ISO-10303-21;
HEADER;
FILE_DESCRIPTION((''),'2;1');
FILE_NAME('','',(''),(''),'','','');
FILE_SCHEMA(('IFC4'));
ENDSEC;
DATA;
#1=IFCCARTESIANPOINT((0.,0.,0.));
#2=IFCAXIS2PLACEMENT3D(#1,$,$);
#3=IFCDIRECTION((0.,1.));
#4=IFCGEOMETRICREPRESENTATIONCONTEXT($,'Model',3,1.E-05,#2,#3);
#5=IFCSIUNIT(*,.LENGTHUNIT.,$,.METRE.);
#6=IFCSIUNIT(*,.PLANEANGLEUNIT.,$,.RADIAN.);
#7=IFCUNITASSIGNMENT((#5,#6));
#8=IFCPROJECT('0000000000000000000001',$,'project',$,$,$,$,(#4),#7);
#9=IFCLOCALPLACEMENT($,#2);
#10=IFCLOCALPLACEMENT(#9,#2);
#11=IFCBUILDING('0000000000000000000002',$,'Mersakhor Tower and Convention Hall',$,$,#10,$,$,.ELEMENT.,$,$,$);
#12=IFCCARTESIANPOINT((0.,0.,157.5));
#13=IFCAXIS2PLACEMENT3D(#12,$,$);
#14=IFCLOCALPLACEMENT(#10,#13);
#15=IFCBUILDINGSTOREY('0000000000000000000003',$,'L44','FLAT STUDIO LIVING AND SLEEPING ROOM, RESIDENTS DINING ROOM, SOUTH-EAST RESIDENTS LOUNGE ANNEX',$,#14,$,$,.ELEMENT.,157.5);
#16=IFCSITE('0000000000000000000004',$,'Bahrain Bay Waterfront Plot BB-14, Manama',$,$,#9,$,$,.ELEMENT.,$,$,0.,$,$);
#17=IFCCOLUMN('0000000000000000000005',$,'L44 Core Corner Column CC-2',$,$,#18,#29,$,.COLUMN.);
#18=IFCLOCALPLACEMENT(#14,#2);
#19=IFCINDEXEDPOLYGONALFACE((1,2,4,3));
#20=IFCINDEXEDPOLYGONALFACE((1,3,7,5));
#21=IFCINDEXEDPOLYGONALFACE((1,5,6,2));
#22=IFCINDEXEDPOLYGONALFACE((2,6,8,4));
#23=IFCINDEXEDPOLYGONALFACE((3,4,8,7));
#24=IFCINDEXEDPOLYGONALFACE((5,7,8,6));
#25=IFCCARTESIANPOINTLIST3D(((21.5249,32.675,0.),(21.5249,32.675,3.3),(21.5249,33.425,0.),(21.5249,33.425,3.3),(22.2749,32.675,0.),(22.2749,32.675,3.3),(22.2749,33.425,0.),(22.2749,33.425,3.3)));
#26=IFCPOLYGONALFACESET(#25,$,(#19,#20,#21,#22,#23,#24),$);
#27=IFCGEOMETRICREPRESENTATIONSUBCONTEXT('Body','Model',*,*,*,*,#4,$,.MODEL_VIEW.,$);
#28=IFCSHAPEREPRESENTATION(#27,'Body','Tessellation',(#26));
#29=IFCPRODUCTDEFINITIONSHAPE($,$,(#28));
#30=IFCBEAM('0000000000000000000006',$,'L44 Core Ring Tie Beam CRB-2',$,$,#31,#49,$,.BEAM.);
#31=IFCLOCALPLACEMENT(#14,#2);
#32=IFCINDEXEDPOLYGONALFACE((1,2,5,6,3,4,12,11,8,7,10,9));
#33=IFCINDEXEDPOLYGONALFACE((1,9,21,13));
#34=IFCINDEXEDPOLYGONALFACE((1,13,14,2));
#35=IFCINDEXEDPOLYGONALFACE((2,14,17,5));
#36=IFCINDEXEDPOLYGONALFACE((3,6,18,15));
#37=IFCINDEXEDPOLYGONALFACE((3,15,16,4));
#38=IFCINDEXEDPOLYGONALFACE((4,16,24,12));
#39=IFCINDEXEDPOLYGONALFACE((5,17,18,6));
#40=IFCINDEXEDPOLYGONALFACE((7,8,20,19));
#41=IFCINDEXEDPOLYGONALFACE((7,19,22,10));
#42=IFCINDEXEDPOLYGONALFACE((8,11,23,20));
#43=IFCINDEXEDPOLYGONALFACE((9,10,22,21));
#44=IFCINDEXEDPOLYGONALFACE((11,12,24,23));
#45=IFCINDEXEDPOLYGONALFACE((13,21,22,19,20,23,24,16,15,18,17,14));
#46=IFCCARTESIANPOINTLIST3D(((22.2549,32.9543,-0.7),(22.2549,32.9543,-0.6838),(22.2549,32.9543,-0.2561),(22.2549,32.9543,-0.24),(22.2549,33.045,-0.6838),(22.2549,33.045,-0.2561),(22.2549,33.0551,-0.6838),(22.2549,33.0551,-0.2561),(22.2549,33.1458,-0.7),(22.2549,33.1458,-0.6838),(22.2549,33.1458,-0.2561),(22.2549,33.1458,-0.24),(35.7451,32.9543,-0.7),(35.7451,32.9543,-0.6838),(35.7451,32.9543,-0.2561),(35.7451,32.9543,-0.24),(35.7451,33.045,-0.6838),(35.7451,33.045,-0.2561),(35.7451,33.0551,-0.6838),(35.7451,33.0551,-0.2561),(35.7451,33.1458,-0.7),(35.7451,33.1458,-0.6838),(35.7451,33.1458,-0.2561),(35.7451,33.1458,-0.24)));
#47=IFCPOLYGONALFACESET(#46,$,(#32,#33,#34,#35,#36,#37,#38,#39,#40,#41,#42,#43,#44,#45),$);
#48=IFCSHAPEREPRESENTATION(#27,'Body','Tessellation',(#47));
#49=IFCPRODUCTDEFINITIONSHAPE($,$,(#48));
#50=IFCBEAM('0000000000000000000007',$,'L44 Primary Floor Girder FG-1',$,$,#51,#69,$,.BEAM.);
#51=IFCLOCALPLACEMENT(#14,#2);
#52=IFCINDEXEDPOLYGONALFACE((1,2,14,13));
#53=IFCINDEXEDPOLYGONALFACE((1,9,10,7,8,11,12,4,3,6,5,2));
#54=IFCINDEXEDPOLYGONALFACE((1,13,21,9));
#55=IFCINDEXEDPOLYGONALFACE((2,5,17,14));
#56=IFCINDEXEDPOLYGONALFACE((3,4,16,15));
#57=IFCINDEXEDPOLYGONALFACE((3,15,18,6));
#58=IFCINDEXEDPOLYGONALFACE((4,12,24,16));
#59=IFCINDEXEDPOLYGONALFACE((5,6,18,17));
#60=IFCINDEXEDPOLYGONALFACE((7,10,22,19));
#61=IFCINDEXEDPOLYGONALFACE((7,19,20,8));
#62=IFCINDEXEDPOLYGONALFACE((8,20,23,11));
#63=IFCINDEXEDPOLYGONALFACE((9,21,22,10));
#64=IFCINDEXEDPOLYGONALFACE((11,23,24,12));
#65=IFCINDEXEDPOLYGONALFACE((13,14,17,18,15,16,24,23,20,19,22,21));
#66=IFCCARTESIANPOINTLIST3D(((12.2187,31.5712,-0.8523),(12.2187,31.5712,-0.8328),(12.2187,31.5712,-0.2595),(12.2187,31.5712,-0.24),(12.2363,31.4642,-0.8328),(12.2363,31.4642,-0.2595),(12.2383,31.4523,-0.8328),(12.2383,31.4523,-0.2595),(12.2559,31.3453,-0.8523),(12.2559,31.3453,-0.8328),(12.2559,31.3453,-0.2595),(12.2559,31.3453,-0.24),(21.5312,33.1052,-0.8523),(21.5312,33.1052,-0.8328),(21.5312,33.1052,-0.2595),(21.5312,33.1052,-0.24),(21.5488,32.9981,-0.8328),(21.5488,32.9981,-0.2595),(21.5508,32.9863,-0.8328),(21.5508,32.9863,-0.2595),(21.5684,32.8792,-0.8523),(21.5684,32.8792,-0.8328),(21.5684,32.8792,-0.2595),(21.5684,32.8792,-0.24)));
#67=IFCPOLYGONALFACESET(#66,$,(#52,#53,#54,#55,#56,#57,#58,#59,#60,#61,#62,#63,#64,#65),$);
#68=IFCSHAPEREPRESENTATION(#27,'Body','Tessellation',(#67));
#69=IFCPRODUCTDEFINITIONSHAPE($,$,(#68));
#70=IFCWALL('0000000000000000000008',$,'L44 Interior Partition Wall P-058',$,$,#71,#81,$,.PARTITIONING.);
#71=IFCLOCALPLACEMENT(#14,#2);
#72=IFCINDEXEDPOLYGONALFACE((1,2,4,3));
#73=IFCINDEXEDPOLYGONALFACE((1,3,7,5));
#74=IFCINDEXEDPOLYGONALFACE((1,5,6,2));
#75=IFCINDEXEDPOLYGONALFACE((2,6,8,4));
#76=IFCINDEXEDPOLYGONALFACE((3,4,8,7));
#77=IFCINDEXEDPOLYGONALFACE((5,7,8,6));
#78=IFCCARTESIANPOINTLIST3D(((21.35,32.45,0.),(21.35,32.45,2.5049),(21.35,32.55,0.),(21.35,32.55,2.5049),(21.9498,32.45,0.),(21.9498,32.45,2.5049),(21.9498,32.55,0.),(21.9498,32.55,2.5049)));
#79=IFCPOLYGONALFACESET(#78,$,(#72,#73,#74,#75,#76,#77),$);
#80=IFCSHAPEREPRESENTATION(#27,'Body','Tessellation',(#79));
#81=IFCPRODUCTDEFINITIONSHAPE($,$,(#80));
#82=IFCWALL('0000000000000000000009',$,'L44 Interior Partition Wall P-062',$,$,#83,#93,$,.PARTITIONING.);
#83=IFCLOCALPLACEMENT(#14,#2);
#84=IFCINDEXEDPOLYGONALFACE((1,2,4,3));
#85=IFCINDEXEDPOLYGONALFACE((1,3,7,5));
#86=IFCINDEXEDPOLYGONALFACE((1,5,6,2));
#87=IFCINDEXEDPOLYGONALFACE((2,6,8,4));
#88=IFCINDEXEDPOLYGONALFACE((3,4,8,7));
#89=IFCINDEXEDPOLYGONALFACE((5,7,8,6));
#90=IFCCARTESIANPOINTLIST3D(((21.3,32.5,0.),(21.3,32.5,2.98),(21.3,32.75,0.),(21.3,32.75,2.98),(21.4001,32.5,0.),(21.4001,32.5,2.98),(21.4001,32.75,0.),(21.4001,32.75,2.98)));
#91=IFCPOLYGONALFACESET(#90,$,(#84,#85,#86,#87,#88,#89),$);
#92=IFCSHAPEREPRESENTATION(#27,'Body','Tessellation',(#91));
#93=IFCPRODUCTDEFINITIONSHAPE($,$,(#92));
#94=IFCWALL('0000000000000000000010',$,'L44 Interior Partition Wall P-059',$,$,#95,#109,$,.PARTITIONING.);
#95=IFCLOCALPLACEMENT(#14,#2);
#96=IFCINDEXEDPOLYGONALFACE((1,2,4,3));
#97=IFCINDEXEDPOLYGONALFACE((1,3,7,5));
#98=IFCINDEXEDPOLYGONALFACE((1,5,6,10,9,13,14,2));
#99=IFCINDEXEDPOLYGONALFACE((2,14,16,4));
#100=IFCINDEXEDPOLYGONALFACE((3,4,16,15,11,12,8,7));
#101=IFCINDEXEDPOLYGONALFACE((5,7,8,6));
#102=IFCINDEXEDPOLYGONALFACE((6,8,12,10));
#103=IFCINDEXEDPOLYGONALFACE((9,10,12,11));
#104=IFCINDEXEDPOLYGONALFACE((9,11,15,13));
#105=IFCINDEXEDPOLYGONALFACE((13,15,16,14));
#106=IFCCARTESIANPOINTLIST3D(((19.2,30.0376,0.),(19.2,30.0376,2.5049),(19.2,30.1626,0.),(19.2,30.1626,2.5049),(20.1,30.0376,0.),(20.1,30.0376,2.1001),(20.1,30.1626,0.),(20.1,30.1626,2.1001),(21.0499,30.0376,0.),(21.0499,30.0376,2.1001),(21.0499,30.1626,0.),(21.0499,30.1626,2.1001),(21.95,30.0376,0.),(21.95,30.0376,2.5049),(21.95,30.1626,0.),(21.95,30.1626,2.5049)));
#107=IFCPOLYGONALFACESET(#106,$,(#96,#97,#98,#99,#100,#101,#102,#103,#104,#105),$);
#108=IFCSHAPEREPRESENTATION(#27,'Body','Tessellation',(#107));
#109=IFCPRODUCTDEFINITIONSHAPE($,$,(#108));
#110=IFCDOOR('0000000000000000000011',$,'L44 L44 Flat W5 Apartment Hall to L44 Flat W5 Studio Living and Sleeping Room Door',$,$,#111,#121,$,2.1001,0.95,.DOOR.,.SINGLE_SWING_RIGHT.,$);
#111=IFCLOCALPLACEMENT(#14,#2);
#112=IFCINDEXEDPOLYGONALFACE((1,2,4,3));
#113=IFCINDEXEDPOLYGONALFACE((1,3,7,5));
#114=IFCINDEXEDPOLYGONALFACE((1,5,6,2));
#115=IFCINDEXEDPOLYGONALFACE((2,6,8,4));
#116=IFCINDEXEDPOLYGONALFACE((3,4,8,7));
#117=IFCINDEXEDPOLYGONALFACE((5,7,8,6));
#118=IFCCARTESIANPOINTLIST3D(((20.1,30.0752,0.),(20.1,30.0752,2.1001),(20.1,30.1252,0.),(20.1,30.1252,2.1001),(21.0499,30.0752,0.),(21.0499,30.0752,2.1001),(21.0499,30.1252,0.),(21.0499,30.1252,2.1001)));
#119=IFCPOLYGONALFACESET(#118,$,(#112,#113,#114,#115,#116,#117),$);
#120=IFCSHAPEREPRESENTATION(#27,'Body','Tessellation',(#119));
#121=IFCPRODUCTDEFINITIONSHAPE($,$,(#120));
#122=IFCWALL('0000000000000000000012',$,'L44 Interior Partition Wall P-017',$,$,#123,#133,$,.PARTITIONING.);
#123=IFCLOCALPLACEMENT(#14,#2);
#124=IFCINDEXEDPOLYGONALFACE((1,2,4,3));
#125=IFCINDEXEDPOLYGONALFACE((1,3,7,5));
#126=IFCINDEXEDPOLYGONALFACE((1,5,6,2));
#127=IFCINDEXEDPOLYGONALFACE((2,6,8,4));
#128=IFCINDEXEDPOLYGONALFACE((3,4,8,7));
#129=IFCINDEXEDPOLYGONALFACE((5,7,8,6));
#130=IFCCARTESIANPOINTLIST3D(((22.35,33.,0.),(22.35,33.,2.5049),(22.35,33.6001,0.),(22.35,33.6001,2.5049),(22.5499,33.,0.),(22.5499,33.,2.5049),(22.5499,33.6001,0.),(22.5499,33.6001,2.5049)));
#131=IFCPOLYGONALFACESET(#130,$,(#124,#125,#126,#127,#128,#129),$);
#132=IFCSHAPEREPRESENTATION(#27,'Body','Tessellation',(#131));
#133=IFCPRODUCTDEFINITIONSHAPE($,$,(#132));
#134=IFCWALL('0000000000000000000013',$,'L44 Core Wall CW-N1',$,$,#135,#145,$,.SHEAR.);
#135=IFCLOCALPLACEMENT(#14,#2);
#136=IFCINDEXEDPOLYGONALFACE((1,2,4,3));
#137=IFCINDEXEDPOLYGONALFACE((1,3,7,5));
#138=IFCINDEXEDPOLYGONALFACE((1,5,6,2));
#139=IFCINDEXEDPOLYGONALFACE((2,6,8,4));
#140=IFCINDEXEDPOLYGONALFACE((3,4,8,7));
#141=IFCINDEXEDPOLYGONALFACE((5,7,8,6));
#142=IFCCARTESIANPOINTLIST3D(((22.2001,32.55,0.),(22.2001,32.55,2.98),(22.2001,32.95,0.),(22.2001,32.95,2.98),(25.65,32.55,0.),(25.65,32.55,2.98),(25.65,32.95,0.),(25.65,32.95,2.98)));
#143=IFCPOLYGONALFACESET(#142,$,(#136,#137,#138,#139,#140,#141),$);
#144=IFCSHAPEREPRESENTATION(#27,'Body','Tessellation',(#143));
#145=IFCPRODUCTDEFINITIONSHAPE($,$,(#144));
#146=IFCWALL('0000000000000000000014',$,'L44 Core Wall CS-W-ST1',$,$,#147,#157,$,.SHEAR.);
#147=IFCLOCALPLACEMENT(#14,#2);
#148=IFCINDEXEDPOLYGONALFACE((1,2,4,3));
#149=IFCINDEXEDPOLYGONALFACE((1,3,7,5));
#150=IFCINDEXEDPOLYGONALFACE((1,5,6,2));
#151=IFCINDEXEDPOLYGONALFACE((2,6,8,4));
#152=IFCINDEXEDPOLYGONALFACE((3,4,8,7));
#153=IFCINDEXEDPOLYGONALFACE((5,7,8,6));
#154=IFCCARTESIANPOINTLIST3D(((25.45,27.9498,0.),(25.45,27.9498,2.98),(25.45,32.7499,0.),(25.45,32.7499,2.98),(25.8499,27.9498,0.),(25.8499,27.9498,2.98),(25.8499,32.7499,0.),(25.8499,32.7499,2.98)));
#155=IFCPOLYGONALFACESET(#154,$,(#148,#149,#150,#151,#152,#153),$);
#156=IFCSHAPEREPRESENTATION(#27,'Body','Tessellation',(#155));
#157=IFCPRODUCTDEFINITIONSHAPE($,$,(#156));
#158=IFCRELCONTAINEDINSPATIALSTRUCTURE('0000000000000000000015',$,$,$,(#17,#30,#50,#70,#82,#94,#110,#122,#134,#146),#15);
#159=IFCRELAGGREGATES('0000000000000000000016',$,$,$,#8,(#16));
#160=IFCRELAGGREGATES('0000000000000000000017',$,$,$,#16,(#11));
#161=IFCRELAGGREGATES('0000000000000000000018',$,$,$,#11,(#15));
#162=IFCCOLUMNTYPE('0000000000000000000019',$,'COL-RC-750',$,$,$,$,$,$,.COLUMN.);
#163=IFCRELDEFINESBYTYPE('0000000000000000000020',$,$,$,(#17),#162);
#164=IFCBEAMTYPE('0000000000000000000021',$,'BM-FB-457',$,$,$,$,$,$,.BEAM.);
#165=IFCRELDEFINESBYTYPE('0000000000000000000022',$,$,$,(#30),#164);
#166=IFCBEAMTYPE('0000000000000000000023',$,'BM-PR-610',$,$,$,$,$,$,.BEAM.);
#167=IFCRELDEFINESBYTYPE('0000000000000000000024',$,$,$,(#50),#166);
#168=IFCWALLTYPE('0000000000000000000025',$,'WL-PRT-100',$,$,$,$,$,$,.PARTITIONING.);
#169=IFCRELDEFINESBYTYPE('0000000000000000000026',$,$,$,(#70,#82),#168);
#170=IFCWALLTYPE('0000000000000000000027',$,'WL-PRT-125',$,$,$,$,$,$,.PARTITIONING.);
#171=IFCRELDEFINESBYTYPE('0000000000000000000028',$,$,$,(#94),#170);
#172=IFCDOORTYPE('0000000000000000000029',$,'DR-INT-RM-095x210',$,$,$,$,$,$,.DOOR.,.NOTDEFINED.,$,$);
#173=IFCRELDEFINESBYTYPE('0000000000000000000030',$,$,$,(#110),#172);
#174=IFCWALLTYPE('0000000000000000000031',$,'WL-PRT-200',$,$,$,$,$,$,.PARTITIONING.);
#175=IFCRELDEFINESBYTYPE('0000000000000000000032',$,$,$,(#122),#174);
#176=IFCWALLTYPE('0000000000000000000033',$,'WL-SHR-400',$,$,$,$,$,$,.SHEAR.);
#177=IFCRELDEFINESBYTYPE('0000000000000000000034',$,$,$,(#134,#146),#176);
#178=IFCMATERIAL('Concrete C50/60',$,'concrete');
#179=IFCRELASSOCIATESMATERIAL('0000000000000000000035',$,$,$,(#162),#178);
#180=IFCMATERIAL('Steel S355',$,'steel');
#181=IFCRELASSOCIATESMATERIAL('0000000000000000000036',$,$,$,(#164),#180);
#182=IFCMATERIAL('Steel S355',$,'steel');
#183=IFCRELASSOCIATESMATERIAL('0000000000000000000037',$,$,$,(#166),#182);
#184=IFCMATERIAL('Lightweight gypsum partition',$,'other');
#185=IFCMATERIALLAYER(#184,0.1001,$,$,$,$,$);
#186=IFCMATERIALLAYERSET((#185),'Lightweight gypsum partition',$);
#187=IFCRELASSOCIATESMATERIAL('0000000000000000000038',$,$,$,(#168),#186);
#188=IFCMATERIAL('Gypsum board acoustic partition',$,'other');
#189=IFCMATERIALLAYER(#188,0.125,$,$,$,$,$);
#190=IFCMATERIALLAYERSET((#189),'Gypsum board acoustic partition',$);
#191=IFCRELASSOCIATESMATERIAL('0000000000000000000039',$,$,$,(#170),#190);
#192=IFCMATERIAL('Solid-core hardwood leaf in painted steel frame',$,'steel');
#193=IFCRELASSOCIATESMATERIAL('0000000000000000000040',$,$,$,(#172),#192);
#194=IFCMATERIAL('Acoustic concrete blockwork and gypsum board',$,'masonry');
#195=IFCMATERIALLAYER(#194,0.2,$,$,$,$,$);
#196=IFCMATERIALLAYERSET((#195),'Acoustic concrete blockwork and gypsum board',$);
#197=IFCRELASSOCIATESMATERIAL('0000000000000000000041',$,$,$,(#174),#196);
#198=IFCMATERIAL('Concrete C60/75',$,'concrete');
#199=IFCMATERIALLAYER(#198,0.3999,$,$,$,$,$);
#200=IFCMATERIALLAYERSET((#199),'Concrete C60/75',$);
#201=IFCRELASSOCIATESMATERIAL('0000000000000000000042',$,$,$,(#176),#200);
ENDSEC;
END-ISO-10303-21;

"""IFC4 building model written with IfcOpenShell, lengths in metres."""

from ifc_helpers import new_model, si_unit, direction, frame, frame_2d, origin, origin_2d, place, context, subcontext, project, spatial, rectangle, i_section, extrude, material, layer, layer_set, material_profile, profile_set, type_object, element, fill, save


model = new_model("IFC4")

# Units and contexts
model_context = context("Model", 3, precision=1e-05, world=origin(), true_north=direction((0.0, 1.0)))
body_context = subcontext(model_context, "Body", "Model", "MODEL_VIEW")
ifc_project = project(units=[si_unit("LENGTHUNIT", "METRE"), si_unit("PLANEANGLEUNIT", "RADIAN")], contexts=[model_context])

# Site, building, storey
site_placement = place(None, origin())
site = spatial("IfcSite", under=ifc_project, at=site_placement, Name="Bahrain Bay Waterfront Plot BB-14, Manama", CompositionType="ELEMENT", RefElevation=0.0)
building_placement = place(site_placement, origin())
building = spatial("IfcBuilding", under=site, at=building_placement, Name="Mersakhor Tower and Convention Hall", CompositionType="ELEMENT")
storey_placement = place(building_placement, frame((0.0, 0.0, 157.5)))
storey = spatial("IfcBuildingStorey", under=building, at=storey_placement, Name="L44", Description="FLAT STUDIO LIVING AND SLEEPING ROOM, RESIDENTS DINING ROOM, SOUTH-EAST RESIDENTS LOUNGE ANNEX", CompositionType="ELEMENT", Elevation=157.5)

# Column
ifc_material_1 = material(Name="Concrete C50/60", Category="concrete")
ifc_material_profile_1 = material_profile(ifc_material_1, rectangle(XDim=0.75, YDim=0.75, at=origin_2d()), Name="RC 750x750")
ifc_profile_set_1 = profile_set([ifc_material_profile_1], Name="Concrete C50/60")
column_type = type_object("IfcColumnType", Name="COL-RC-750", PredefinedType="COLUMN", material=ifc_profile_set_1)
column_placement = place(storey_placement, frame((21.8999, 33.05, 0.0), z_axis=(0.0, 0.0, 1.0), x_axis=(1.0, 0.0, 0.0)))
element("IfcColumn", 1, at=column_placement, inside=storey, type_object=column_type, Name="L44 Core Corner Column CC-2", PredefinedType="COLUMN", context=body_context, shape_type="SweptSolid", body=[
    extrude(rectangle(XDim=0.75, YDim=0.75, at=origin_2d()), origin(), (0.0, 0.0, 1.0), 3.3),
])

# Beams
ifc_material_2 = material(Name="Steel S355", Category="steel")
ifc_material_profile_2 = material_profile(ifc_material_2, i_section(OverallWidth=0.1914, OverallDepth=0.46, WebThickness=0.01, FlangeThickness=0.0161, at=origin_2d()), Name="UB 457x191x82")
ifc_profile_set_2 = profile_set([ifc_material_profile_2], Name="Steel S355")
beam_type_1 = type_object("IfcBeamType", Name="BM-FB-457", PredefinedType="BEAM", material=ifc_profile_set_2)
beam_1_placement = place(storey_placement, frame((22.2549, 33.05, -0.47), z_axis=(1.0, 0.0, 0.0), x_axis=(0.0, 1.0, 0.0)))
element("IfcBeam", 2, at=beam_1_placement, inside=storey, type_object=beam_type_1, Name="L44 Core Ring Tie Beam CRB-2", PredefinedType="BEAM", context=body_context, shape_type="SweptSolid", body=[
    extrude(i_section(OverallWidth=0.1914, OverallDepth=0.46, WebThickness=0.01, FlangeThickness=0.0161, at=origin_2d()), origin(), (0.0, 0.0, 1.0), 13.4902),
])
ifc_material_3 = material(Name="Steel S355", Category="steel")
ifc_material_profile_3 = material_profile(ifc_material_3, i_section(OverallWidth=0.229, OverallDepth=0.6123, WebThickness=0.012, FlangeThickness=0.0195, at=origin_2d()), Name="UB 610x229x125")
ifc_profile_set_3 = profile_set([ifc_material_profile_3], Name="Steel S355")
beam_type_2 = type_object("IfcBeamType", Name="BM-PR-610", PredefinedType="BEAM", material=ifc_profile_set_3)
beam_2_placement = place(storey_placement, frame((21.5498, 32.9922, -0.5461), z_axis=(-0.986704, -0.162528, 0.0), x_axis=(0.162528, -0.986704, 0.0)))
element("IfcBeam", 3, at=beam_2_placement, inside=storey, type_object=beam_type_2, Name="L44 Primary Floor Girder FG-1", PredefinedType="BEAM", context=body_context, shape_type="SweptSolid", body=[
    extrude(i_section(OverallWidth=0.229, OverallDepth=0.6123, WebThickness=0.012, FlangeThickness=0.0195, at=origin_2d()), origin(), (0.0, 0.0, 1.0), 9.438),
])

# Walls
ifc_material_4 = material(Name="Lightweight gypsum partition", Category="other")
ifc_layer_1 = layer(ifc_material_4, 0.1001)
ifc_layer_set_1 = layer_set([ifc_layer_1], Name="Lightweight gypsum partition")
wall_type_1 = type_object("IfcWallType", Name="WL-PRT-100", PredefinedType="PARTITIONING", material=ifc_layer_set_1)
wall_1_placement = place(storey_placement, frame((21.3501, 32.5, 0.0), z_axis=(0.0, 0.0, 1.0), x_axis=(1.0, 0.0, 0.0)))
element("IfcWall", 4, at=wall_1_placement, inside=storey, type_object=wall_type_1, Name="L44 Interior Partition Wall P-058", PredefinedType="PARTITIONING", context=body_context, shape_type="SweptSolid", body=[
    extrude(rectangle(XDim=0.5999, YDim=0.1001, at=frame_2d((0.2998, 0.0))), origin(), (0.0, 0.0, 1.0), 2.5049),
])
wall_2_placement = place(storey_placement, frame((21.3501, 32.75, 0.0), z_axis=(0.0, 0.0, 1.0), x_axis=(0.0, -1.0, 0.0)))
element("IfcWall", 5, at=wall_2_placement, inside=storey, type_object=wall_type_1, Name="L44 Interior Partition Wall P-062", PredefinedType="PARTITIONING", context=body_context, shape_type="SweptSolid", body=[
    extrude(rectangle(XDim=0.25, YDim=0.1001, at=frame_2d((0.125, 0.0))), origin(), (0.0, 0.0, 1.0), 2.98),
])

# Wall, opening, door
ifc_material_5 = material(Name="Gypsum board acoustic partition", Category="other")
ifc_layer_2 = layer(ifc_material_5, 0.125)
ifc_layer_set_2 = layer_set([ifc_layer_2], Name="Gypsum board acoustic partition")
wall_type_2 = type_object("IfcWallType", Name="WL-PRT-125", PredefinedType="PARTITIONING", material=ifc_layer_set_2)
wall_3_placement = place(storey_placement, frame((21.95, 30.1001, 0.0), z_axis=(0.0, 0.0, 1.0), x_axis=(-1.0, 0.0, 0.0)))
wall_3 = element("IfcWall", 6, at=wall_3_placement, inside=storey, type_object=wall_type_2, Name="L44 Interior Partition Wall P-059", PredefinedType="PARTITIONING", context=body_context, shape_type="SweptSolid", body=[
    extrude(rectangle(XDim=2.75, YDim=0.125, at=frame_2d((1.375, 0.0))), origin(), (0.0, 0.0, 1.0), 2.5049),
])
opening_1_placement = place(wall_3_placement, frame((0.8999, 0.0, 0.0)))
opening_1 = element("IfcOpeningElement", 7, at=opening_1_placement, cuts=wall_3, PredefinedType="OPENING", context=body_context, shape_type="SweptSolid", body=[
    extrude(rectangle(XDim=0.95, YDim=2.1001, at=frame_2d((0.4751, 1.05))), frame((0.0, 0.0725, 0.0), z_axis=(0.0, -1.0, 0.0), x_axis=(1.0, 0.0, 0.0)), (0.0, 0.0, 1.0), 0.145),
])
ifc_material_6 = material(Name="Solid-core hardwood leaf in painted steel frame", Category="steel")
door_type_1 = type_object("IfcDoorType", Name="DR-INT-RM-095x210", OperationType="NOTDEFINED", PredefinedType="DOOR", material=ifc_material_6)
door_1_placement = place(opening_1_placement, origin())
door_1 = element("IfcDoor", 8, at=door_1_placement, inside=storey, type_object=door_type_1, Name="L44 L44 Flat W5 Apartment Hall to L44 Flat W5 Studio Living and Sleeping Room Door", OperationType="SINGLE_SWING_RIGHT", OverallHeight=2.1001, OverallWidth=0.95, PredefinedType="DOOR", context=body_context, shape_type="SweptSolid", body=[
    extrude(rectangle(XDim=0.95, YDim=2.1001, at=frame_2d((0.4751, 1.05))), frame((0.0, 0.0249, 0.0), z_axis=(0.0, -1.0, 0.0), x_axis=(1.0, 0.0, 0.0)), (0.0, 0.0, 1.0), 0.05),
])
fill(opening_1, door_1)
ifc_material_7 = material(Name="Acoustic concrete blockwork and gypsum board", Category="masonry")
ifc_layer_3 = layer(ifc_material_7, 0.2)
ifc_layer_set_3 = layer_set([ifc_layer_3], Name="Acoustic concrete blockwork and gypsum board")
wall_type_3 = type_object("IfcWallType", Name="WL-PRT-200", PredefinedType="PARTITIONING", material=ifc_layer_set_3)

# Wall
wall_4_placement = place(storey_placement, frame((22.45, 33.0, 0.0), z_axis=(0.0, 0.0, 1.0), x_axis=(0.0, 1.0, 0.0)))
element("IfcWall", 9, at=wall_4_placement, inside=storey, type_object=wall_type_3, Name="L44 Interior Partition Wall P-017", PredefinedType="PARTITIONING", context=body_context, shape_type="SweptSolid", body=[
    extrude(rectangle(XDim=0.6001, YDim=0.2, at=frame_2d((0.3, 0.0))), origin(), (0.0, 0.0, 1.0), 2.5049),
])

# Wall
ifc_material_8 = material(Name="Concrete C60/75", Category="concrete")
ifc_layer_4 = layer(ifc_material_8, 0.3999)
ifc_layer_set_4 = layer_set([ifc_layer_4], Name="Concrete C60/75")
wall_type_4 = type_object("IfcWallType", Name="WL-SHR-400", PredefinedType="SHEAR", material=ifc_layer_set_4)
wall_5_placement = place(storey_placement, frame((22.2, 32.75, 0.0), z_axis=(0.0, 0.0, 1.0), x_axis=(1.0, 0.0, 0.0)))
element("IfcWall", 10, at=wall_5_placement, inside=storey, type_object=wall_type_4, Name="L44 Core Wall CW-N1", PredefinedType="SHEAR", context=body_context, shape_type="SweptSolid", body=[
    extrude(rectangle(XDim=3.45, YDim=0.3999, at=frame_2d((1.7251, 0.0))), origin(), (0.0, 0.0, 1.0), 2.98),
])

# Wall
wall_6_placement = place(storey_placement, frame((25.6499, 27.95, 0.0), z_axis=(0.0, 0.0, 1.0), x_axis=(0.0, 1.0, 0.0)))
element("IfcWall", 11, at=wall_6_placement, inside=storey, type_object=wall_type_4, Name="L44 Core Wall CS-W-ST1", PredefinedType="SHEAR", context=body_context, shape_type="SweptSolid", body=[
    extrude(rectangle(XDim=4.8, YDim=0.3999, at=frame_2d((2.3999, 0.0))), origin(), (0.0, 0.0, 1.0), 2.98),
])

save(model, "model.ifc")
